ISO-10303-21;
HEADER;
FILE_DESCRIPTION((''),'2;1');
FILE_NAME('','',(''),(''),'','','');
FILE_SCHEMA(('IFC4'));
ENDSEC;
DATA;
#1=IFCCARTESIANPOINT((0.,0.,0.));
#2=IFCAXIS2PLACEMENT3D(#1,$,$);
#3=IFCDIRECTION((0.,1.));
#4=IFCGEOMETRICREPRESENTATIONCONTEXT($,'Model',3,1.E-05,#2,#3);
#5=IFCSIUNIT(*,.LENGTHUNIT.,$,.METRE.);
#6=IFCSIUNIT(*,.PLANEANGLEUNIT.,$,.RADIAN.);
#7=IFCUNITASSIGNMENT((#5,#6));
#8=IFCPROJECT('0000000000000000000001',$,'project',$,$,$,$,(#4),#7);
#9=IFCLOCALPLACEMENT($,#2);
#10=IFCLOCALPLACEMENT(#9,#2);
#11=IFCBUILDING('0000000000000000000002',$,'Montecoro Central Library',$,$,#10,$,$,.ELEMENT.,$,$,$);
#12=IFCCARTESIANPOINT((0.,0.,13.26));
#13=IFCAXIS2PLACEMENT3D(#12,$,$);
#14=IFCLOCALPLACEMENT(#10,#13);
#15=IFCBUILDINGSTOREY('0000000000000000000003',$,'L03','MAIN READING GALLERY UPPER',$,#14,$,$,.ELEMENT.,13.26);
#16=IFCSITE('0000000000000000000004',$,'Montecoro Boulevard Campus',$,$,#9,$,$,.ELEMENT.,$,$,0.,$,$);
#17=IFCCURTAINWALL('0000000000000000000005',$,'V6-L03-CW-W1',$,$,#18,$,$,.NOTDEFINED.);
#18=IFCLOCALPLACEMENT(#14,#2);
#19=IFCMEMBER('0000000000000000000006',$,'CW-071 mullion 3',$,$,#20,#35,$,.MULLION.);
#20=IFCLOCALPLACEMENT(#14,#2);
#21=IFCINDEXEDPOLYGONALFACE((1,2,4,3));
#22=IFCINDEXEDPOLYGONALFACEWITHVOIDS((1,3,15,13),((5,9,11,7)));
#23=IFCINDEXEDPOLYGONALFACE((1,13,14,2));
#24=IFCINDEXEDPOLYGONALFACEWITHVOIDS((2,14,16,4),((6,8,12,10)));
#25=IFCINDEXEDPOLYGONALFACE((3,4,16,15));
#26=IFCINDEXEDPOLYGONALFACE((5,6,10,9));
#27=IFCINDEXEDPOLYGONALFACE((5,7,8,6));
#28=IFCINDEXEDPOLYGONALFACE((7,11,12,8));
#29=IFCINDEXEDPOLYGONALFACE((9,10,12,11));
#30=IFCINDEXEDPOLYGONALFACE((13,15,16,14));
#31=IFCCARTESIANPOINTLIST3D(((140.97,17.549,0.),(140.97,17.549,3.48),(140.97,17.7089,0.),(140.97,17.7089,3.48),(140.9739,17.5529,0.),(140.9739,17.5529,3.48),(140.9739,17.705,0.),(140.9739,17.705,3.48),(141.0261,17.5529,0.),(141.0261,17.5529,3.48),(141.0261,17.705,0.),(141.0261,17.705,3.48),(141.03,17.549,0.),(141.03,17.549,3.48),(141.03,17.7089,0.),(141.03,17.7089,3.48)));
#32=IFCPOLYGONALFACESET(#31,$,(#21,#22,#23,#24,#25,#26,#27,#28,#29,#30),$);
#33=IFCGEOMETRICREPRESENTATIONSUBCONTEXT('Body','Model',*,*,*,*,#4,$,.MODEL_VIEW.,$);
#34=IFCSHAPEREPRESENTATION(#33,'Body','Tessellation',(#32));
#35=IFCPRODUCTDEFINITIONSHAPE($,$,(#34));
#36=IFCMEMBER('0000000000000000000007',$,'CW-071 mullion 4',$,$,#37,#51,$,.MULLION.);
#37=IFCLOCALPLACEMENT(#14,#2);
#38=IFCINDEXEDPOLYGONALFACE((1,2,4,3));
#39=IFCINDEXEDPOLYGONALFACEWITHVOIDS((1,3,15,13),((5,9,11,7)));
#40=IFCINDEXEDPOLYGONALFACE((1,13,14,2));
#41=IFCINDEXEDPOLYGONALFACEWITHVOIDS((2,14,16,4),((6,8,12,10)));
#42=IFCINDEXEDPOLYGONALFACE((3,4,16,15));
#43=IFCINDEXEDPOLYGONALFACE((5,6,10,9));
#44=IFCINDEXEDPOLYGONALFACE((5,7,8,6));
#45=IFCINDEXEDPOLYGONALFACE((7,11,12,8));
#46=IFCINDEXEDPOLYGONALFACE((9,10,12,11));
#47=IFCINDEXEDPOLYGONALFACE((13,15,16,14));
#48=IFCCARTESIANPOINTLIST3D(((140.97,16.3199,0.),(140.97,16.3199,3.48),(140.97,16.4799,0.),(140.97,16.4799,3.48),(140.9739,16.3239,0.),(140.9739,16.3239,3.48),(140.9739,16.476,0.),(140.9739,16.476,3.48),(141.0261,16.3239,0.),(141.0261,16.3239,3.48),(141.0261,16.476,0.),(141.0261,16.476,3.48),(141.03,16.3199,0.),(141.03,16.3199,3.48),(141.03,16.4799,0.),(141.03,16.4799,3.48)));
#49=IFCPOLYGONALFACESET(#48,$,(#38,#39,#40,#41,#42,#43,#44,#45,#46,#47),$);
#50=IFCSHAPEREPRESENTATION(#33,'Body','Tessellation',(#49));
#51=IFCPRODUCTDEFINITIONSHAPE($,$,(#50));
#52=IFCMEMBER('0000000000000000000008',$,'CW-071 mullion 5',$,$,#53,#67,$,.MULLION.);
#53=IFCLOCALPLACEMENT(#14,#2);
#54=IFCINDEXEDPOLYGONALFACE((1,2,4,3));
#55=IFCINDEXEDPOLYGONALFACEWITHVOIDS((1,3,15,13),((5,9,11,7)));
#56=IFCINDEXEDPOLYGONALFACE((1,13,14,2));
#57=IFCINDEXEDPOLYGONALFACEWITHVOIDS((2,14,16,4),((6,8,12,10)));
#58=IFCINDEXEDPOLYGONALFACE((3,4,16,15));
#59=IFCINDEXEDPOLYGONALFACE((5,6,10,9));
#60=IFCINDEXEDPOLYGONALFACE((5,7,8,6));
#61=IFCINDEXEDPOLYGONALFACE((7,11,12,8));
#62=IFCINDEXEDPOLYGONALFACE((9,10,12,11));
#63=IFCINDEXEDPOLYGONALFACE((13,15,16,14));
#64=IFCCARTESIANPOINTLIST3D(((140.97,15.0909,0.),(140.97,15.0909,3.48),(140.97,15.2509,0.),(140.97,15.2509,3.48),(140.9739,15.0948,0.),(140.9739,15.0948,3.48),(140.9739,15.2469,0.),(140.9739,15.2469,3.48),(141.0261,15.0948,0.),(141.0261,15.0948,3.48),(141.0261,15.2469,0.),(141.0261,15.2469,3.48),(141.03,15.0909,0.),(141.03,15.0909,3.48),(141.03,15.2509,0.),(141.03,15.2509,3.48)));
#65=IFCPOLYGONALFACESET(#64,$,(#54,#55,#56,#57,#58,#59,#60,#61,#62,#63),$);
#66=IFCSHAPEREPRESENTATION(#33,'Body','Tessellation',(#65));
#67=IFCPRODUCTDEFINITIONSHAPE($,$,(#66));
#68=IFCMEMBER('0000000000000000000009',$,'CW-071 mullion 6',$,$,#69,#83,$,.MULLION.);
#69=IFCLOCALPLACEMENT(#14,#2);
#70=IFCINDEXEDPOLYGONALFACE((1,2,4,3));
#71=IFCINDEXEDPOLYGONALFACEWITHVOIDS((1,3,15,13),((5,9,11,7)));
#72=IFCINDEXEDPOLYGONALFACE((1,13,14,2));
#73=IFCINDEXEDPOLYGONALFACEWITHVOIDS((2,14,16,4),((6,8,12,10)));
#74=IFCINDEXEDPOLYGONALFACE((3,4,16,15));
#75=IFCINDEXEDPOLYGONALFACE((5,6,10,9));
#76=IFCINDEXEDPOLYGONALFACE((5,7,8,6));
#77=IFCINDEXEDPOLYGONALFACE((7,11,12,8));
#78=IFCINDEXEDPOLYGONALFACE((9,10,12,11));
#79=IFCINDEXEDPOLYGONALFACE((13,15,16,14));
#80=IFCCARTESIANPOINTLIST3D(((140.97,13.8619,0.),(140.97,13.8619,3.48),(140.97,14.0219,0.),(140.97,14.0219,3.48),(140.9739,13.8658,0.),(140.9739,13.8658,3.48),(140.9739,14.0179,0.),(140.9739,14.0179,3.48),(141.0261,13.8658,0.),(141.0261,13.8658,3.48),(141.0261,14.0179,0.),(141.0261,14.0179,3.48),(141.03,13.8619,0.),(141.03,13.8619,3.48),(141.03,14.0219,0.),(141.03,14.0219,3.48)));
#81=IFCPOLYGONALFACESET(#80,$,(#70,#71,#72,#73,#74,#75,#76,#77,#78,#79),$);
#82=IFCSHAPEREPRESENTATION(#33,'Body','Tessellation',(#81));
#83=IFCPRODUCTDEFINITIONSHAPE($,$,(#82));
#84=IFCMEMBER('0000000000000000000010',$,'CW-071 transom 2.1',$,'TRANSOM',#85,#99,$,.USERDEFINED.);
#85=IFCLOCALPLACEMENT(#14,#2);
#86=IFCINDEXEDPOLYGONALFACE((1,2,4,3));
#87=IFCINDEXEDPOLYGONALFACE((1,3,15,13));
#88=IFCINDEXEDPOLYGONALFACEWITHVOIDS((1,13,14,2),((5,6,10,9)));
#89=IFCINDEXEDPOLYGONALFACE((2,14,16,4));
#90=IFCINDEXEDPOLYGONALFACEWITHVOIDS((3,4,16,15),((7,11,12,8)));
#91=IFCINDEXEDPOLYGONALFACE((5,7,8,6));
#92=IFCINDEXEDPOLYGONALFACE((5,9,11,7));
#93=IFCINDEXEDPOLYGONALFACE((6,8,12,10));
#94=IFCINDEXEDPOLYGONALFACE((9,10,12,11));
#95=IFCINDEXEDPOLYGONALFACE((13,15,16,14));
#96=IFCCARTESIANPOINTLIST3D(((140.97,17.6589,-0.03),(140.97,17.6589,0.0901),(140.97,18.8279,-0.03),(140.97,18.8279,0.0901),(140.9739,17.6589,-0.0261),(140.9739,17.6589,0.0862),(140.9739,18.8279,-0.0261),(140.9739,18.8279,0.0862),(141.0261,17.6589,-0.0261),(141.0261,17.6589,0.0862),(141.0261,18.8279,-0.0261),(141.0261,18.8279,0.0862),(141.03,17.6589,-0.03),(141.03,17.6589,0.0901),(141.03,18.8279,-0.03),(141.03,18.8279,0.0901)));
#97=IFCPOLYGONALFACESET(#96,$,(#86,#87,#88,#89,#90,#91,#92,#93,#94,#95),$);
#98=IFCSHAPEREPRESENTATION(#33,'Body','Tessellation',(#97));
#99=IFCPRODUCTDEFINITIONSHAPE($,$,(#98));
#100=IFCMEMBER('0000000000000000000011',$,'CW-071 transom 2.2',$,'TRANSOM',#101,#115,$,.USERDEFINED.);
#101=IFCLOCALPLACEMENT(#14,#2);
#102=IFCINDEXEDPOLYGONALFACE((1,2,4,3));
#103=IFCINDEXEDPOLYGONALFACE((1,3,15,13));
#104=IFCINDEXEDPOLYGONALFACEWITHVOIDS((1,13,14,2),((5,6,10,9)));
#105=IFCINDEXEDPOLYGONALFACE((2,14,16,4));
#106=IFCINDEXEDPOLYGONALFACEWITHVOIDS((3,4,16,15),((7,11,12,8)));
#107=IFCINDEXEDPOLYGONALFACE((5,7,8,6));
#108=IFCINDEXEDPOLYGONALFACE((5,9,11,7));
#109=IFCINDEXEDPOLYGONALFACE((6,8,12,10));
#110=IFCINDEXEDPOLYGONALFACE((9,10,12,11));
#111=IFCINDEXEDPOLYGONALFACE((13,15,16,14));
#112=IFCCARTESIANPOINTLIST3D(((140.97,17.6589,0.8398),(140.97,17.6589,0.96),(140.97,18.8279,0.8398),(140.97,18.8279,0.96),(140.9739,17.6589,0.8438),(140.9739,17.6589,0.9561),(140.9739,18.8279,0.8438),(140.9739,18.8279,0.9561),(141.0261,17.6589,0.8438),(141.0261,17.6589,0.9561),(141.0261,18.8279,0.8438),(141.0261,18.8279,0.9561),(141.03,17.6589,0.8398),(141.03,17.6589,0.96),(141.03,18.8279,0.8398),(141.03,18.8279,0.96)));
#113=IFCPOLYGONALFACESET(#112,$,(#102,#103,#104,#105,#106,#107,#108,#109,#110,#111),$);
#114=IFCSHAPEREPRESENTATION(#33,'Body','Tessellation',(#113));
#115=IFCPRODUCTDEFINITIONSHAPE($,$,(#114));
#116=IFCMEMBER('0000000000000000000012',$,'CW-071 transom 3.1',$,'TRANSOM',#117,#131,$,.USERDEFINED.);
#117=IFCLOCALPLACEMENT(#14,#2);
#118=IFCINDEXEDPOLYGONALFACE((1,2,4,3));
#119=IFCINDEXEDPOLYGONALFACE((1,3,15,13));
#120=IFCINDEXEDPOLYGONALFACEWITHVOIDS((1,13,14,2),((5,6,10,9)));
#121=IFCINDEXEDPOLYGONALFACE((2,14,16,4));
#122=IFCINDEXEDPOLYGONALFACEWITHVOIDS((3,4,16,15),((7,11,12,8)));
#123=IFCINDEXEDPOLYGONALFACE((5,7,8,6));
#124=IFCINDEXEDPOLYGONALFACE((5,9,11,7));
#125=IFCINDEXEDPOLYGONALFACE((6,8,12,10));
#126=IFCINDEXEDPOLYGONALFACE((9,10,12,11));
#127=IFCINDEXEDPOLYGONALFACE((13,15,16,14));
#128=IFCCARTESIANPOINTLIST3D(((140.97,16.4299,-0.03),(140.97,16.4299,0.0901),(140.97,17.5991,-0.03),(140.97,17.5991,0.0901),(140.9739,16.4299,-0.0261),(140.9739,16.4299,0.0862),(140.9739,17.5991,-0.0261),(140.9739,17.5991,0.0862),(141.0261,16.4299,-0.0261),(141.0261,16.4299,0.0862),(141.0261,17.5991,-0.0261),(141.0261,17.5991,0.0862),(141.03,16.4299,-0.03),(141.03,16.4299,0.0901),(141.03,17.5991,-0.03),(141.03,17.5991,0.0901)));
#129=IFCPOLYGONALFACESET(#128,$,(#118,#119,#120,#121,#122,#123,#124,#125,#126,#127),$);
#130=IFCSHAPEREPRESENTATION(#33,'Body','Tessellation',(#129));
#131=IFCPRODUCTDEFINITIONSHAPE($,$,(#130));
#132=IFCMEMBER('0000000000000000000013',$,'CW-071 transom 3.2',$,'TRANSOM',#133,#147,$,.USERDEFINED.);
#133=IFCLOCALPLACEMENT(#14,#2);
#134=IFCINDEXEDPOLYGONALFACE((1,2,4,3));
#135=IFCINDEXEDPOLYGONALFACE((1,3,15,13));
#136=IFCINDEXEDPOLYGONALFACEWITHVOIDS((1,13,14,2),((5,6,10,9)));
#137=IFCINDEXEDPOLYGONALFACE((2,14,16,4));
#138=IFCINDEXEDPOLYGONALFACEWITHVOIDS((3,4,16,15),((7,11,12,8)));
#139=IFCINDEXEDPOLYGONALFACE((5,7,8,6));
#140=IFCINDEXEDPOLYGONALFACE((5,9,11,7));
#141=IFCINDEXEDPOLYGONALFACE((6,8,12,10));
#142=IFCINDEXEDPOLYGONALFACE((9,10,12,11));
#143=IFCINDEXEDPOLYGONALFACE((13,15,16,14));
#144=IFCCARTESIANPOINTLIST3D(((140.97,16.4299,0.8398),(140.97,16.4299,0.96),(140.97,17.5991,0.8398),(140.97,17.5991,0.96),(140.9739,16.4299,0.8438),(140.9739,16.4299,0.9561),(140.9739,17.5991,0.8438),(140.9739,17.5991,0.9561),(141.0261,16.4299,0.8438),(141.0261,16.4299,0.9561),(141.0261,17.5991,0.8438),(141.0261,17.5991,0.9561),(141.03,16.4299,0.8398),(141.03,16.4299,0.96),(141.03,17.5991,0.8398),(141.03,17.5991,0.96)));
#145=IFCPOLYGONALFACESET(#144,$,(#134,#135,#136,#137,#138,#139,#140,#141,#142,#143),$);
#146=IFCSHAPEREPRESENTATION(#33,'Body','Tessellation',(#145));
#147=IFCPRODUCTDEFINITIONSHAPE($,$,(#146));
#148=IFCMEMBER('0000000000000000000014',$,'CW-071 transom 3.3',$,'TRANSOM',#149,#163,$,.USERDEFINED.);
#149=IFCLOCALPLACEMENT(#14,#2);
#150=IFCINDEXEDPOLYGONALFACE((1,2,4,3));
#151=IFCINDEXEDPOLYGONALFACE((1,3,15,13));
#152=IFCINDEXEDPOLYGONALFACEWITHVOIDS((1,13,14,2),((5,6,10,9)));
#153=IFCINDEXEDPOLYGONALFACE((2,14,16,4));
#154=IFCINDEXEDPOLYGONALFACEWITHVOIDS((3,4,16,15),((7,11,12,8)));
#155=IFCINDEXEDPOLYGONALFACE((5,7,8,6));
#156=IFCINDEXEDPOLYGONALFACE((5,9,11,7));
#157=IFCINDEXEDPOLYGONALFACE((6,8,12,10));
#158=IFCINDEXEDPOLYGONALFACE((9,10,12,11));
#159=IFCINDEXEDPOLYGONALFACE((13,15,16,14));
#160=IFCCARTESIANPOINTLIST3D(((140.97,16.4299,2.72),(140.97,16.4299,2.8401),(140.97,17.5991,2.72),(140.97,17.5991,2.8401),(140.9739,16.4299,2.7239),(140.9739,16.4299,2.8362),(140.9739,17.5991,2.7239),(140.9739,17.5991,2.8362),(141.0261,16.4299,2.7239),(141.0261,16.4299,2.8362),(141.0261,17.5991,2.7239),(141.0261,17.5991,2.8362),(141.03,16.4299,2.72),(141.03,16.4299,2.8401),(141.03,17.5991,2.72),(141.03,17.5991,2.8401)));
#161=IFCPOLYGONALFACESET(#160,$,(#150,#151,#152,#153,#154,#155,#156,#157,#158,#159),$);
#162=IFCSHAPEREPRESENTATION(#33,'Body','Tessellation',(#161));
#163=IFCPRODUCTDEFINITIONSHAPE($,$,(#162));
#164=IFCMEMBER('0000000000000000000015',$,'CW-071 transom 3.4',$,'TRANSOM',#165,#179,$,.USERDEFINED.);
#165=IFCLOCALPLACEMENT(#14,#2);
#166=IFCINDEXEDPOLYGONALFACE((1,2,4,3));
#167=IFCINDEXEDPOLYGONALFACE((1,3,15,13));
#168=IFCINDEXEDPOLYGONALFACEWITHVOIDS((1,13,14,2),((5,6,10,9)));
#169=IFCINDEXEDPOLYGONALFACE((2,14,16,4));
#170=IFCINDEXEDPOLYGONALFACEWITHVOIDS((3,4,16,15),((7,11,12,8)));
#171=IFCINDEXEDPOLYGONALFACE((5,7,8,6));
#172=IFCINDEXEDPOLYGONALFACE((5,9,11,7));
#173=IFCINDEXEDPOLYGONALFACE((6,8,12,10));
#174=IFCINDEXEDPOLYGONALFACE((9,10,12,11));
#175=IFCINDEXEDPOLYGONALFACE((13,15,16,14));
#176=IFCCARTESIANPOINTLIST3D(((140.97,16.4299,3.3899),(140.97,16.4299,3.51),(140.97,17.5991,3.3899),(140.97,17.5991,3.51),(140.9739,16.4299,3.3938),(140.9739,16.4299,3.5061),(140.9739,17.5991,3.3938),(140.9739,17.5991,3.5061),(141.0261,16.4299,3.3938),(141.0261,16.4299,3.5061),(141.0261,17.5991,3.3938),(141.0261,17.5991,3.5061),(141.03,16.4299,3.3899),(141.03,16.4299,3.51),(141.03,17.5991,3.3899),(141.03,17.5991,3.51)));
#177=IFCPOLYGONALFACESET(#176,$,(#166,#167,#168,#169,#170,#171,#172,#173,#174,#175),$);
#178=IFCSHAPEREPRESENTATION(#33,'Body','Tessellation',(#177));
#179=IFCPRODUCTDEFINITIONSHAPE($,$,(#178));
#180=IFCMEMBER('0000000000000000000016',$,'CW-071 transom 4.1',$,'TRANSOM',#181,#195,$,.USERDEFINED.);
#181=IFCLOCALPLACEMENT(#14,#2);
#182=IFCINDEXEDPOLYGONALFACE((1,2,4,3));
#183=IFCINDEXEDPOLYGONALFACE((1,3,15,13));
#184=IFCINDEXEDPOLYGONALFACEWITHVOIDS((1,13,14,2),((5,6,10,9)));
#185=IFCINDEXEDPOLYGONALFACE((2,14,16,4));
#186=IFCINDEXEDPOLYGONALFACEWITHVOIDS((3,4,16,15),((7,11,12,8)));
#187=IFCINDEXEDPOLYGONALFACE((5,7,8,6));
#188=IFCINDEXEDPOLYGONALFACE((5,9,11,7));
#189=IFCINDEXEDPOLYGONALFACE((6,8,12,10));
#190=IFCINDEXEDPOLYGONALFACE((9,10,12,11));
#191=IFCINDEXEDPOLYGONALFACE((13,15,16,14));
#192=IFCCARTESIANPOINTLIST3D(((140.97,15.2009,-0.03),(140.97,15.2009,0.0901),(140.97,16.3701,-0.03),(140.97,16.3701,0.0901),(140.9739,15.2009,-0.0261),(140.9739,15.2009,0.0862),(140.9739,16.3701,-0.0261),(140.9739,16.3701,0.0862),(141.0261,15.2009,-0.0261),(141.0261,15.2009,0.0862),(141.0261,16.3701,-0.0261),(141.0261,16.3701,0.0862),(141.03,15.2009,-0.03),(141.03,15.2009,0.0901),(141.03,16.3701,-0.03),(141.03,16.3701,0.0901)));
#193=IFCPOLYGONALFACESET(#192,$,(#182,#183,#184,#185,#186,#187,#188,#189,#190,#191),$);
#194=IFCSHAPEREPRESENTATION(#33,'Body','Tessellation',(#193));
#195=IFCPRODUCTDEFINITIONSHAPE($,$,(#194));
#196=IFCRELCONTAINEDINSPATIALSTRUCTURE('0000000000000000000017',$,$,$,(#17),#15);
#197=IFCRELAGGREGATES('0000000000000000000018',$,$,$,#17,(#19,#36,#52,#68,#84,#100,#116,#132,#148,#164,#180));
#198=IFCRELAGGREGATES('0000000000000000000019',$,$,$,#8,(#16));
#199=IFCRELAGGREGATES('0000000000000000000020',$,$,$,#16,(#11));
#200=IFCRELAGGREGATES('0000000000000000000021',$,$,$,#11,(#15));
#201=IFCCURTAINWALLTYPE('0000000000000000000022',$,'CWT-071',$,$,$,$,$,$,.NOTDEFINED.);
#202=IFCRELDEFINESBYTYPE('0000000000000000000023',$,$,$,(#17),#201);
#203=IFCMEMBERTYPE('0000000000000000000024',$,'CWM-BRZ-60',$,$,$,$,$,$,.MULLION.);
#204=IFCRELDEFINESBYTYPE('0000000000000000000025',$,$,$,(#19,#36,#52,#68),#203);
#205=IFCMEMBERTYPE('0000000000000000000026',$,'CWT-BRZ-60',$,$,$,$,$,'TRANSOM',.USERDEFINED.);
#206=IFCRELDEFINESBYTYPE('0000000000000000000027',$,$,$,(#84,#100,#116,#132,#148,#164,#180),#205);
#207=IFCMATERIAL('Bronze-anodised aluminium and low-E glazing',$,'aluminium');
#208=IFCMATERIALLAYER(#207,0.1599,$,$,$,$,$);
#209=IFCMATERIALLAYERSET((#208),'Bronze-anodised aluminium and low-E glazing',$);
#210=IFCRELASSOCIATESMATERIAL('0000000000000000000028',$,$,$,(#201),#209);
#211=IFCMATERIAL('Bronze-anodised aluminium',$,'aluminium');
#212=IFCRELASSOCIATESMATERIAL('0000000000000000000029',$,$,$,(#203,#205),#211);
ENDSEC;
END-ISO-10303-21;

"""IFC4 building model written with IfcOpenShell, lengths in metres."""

from ifc_helpers import new_model, si_unit, direction, frame, origin, origin_2d, place, context, subcontext, project, spatial, hollow_rectangle, extrude, material, layer, layer_set, material_profile, profile_set, type_object, element, aggregate, save


model = new_model("IFC4")

# Units and contexts
model_context = context("Model", 3, precision=1e-05, world=origin(), true_north=direction((0.0, 1.0)))
body_context = subcontext(model_context, "Body", "Model", "MODEL_VIEW")
ifc_project = project(units=[si_unit("LENGTHUNIT", "METRE"), si_unit("PLANEANGLEUNIT", "RADIAN")], contexts=[model_context])

# Site, building, storey
site_placement = place(None, origin())
site = spatial("IfcSite", under=ifc_project, at=site_placement, Name="Montecoro Boulevard Campus", CompositionType="ELEMENT", RefElevation=0.0)
building_placement = place(site_placement, origin())
building = spatial("IfcBuilding", under=site, at=building_placement, Name="Montecoro Central Library", CompositionType="ELEMENT")
storey_placement = place(building_placement, frame((0.0, 0.0, 13.26)))
storey = spatial("IfcBuildingStorey", under=building, at=storey_placement, Name="L03", Description="MAIN READING GALLERY UPPER", CompositionType="ELEMENT", Elevation=13.26)

# Curtain wall, members
ifc_material_1 = material(Name="Bronze-anodised aluminium and low-E glazing", Category="aluminium")
ifc_layer_1 = layer(ifc_material_1, 0.1599)
ifc_layer_set_1 = layer_set([ifc_layer_1], Name="Bronze-anodised aluminium and low-E glazing")
curtain_wall_type = type_object("IfcCurtainWallType", Name="CWT-071", PredefinedType="NOTDEFINED", material=ifc_layer_set_1)
curtain_wall_placement = place(storey_placement, origin())
curtain_wall = element("IfcCurtainWall", 1, at=curtain_wall_placement, inside=storey, type_object=curtain_wall_type, Name="V6-L03-CW-W1", PredefinedType="NOTDEFINED")
ifc_material_2 = material(Name="Bronze-anodised aluminium", Category="aluminium")
ifc_material_profile_1 = material_profile(ifc_material_2, hollow_rectangle(XDim=0.0601, YDim=0.1599, WallThickness=0.0039, at=origin_2d()), Name="CWM 160x60x4.0")
ifc_profile_set_1 = profile_set([ifc_material_profile_1], Name="Bronze-anodised aluminium")
member_type_1 = type_object("IfcMemberType", Name="CWM-BRZ-60", PredefinedType="MULLION", material=ifc_profile_set_1)
member_1_placement = place(storey_placement, frame((141.0, 17.6289, 0.0), z_axis=(0.0, 0.0, 1.0), x_axis=(1.0, 0.0, 0.0)))
member_1 = element("IfcMember", 2, at=member_1_placement, type_object=member_type_1, Name="CW-071 mullion 3", PredefinedType="MULLION", context=body_context, shape_type="SweptSolid", body=[
    extrude(hollow_rectangle(XDim=0.0601, YDim=0.1599, WallThickness=0.0039, at=origin_2d()), origin(), (0.0, 0.0, 1.0), 3.48),
])
member_2_placement = place(storey_placement, frame((141.0, 16.3999, 0.0), z_axis=(0.0, 0.0, 1.0), x_axis=(1.0, 0.0, 0.0)))
member_2 = element("IfcMember", 3, at=member_2_placement, type_object=member_type_1, Name="CW-071 mullion 4", PredefinedType="MULLION", context=body_context, shape_type="SweptSolid", body=[
    extrude(hollow_rectangle(XDim=0.0601, YDim=0.1599, WallThickness=0.0039, at=origin_2d()), origin(), (0.0, 0.0, 1.0), 3.48),
])
member_3_placement = place(storey_placement, frame((141.0, 15.1709, 0.0), z_axis=(0.0, 0.0, 1.0), x_axis=(1.0, 0.0, 0.0)))
member_3 = element("IfcMember", 4, at=member_3_placement, type_object=member_type_1, Name="CW-071 mullion 5", PredefinedType="MULLION", context=body_context, shape_type="SweptSolid", body=[
    extrude(hollow_rectangle(XDim=0.0601, YDim=0.1599, WallThickness=0.0039, at=origin_2d()), origin(), (0.0, 0.0, 1.0), 3.48),
])
member_4_placement = place(storey_placement, frame((141.0, 13.9419, 0.0), z_axis=(0.0, 0.0, 1.0), x_axis=(1.0, 0.0, 0.0)))
member_4 = element("IfcMember", 5, at=member_4_placement, type_object=member_type_1, Name="CW-071 mullion 6", PredefinedType="MULLION", context=body_context, shape_type="SweptSolid", body=[
    extrude(hollow_rectangle(XDim=0.0601, YDim=0.1599, WallThickness=0.0039, at=origin_2d()), origin(), (0.0, 0.0, 1.0), 3.48),
])
ifc_material_profile_2 = material_profile(ifc_material_2, hollow_rectangle(XDim=0.0601, YDim=0.1201, WallThickness=0.0039, at=origin_2d()), Name="CWT 120x60x4.0")
ifc_profile_set_2 = profile_set([ifc_material_profile_2], Name="Bronze-anodised aluminium")
member_type_2 = type_object("IfcMemberType", Name="CWT-BRZ-60", ElementType="TRANSOM", PredefinedType="USERDEFINED", material=ifc_profile_set_2)
member_5_placement = place(storey_placement, frame((141.0, 18.8279, 0.03), z_axis=(0.0, -1.0, 0.0), x_axis=(1.0, 0.0, 0.0)))
member_5 = element("IfcMember", 6, at=member_5_placement, type_object=member_type_2, Name="CW-071 transom 2.1", ObjectType="TRANSOM", PredefinedType="USERDEFINED", context=body_context, shape_type="SweptSolid", body=[
    extrude(hollow_rectangle(XDim=0.0601, YDim=0.1201, WallThickness=0.0039, at=origin_2d()), origin(), (0.0, 0.0, 1.0), 1.1689),
])
member_6_placement = place(storey_placement, frame((141.0, 18.8279, 0.8999), z_axis=(0.0, -1.0, 0.0), x_axis=(1.0, 0.0, 0.0)))
member_6 = element("IfcMember", 7, at=member_6_placement, type_object=member_type_2, Name="CW-071 transom 2.2", ObjectType="TRANSOM", PredefinedType="USERDEFINED", context=body_context, shape_type="SweptSolid", body=[
    extrude(hollow_rectangle(XDim=0.0601, YDim=0.1201, WallThickness=0.0039, at=origin_2d()), origin(), (0.0, 0.0, 1.0), 1.1689),
])
member_7_placement = place(storey_placement, frame((141.0, 17.5991, 0.03), z_axis=(0.0, -1.0, 0.0), x_axis=(1.0, 0.0, 0.0)))
member_7 = element("IfcMember", 8, at=member_7_placement, type_object=member_type_2, Name="CW-071 transom 3.1", ObjectType="TRANSOM", PredefinedType="USERDEFINED", context=body_context, shape_type="SweptSolid", body=[
    extrude(hollow_rectangle(XDim=0.0601, YDim=0.1201, WallThickness=0.0039, at=origin_2d()), origin(), (0.0, 0.0, 1.0), 1.1692),
])
member_8_placement = place(storey_placement, frame((141.0, 17.5991, 0.8999), z_axis=(0.0, -1.0, 0.0), x_axis=(1.0, 0.0, 0.0)))
member_8 = element("IfcMember", 9, at=member_8_placement, type_object=member_type_2, Name="CW-071 transom 3.2", ObjectType="TRANSOM", PredefinedType="USERDEFINED", context=body_context, shape_type="SweptSolid", body=[
    extrude(hollow_rectangle(XDim=0.0601, YDim=0.1201, WallThickness=0.0039, at=origin_2d()), origin(), (0.0, 0.0, 1.0), 1.1692),
])
member_9_placement = place(storey_placement, frame((141.0, 17.5991, 2.78), z_axis=(0.0, -1.0, 0.0), x_axis=(1.0, 0.0, 0.0)))
member_9 = element("IfcMember", 10, at=member_9_placement, type_object=member_type_2, Name="CW-071 transom 3.3", ObjectType="TRANSOM", PredefinedType="USERDEFINED", context=body_context, shape_type="SweptSolid", body=[
    extrude(hollow_rectangle(XDim=0.0601, YDim=0.1201, WallThickness=0.0039, at=origin_2d()), origin(), (0.0, 0.0, 1.0), 1.1692),
])
member_10_placement = place(storey_placement, frame((141.0, 17.5991, 3.45), z_axis=(0.0, -1.0, 0.0), x_axis=(1.0, 0.0, 0.0)))
member_10 = element("IfcMember", 11, at=member_10_placement, type_object=member_type_2, Name="CW-071 transom 3.4", ObjectType="TRANSOM", PredefinedType="USERDEFINED", context=body_context, shape_type="SweptSolid", body=[
    extrude(hollow_rectangle(XDim=0.0601, YDim=0.1201, WallThickness=0.0039, at=origin_2d()), origin(), (0.0, 0.0, 1.0), 1.1692),
])
member_11_placement = place(storey_placement, frame((141.0, 16.3701, 0.03), z_axis=(0.0, -1.0, 0.0), x_axis=(1.0, 0.0, 0.0)))
member_11 = element("IfcMember", 12, at=member_11_placement, type_object=member_type_2, Name="CW-071 transom 4.1", ObjectType="TRANSOM", PredefinedType="USERDEFINED", context=body_context, shape_type="SweptSolid", body=[
    extrude(hollow_rectangle(XDim=0.0601, YDim=0.1201, WallThickness=0.0039, at=origin_2d()), origin(), (0.0, 0.0, 1.0), 1.1692),
])
aggregate(curtain_wall, [member_1, member_2, member_3, member_4, member_5, member_6, member_7, member_8, member_9, member_10, member_11])

save(model, "model.ifc")
